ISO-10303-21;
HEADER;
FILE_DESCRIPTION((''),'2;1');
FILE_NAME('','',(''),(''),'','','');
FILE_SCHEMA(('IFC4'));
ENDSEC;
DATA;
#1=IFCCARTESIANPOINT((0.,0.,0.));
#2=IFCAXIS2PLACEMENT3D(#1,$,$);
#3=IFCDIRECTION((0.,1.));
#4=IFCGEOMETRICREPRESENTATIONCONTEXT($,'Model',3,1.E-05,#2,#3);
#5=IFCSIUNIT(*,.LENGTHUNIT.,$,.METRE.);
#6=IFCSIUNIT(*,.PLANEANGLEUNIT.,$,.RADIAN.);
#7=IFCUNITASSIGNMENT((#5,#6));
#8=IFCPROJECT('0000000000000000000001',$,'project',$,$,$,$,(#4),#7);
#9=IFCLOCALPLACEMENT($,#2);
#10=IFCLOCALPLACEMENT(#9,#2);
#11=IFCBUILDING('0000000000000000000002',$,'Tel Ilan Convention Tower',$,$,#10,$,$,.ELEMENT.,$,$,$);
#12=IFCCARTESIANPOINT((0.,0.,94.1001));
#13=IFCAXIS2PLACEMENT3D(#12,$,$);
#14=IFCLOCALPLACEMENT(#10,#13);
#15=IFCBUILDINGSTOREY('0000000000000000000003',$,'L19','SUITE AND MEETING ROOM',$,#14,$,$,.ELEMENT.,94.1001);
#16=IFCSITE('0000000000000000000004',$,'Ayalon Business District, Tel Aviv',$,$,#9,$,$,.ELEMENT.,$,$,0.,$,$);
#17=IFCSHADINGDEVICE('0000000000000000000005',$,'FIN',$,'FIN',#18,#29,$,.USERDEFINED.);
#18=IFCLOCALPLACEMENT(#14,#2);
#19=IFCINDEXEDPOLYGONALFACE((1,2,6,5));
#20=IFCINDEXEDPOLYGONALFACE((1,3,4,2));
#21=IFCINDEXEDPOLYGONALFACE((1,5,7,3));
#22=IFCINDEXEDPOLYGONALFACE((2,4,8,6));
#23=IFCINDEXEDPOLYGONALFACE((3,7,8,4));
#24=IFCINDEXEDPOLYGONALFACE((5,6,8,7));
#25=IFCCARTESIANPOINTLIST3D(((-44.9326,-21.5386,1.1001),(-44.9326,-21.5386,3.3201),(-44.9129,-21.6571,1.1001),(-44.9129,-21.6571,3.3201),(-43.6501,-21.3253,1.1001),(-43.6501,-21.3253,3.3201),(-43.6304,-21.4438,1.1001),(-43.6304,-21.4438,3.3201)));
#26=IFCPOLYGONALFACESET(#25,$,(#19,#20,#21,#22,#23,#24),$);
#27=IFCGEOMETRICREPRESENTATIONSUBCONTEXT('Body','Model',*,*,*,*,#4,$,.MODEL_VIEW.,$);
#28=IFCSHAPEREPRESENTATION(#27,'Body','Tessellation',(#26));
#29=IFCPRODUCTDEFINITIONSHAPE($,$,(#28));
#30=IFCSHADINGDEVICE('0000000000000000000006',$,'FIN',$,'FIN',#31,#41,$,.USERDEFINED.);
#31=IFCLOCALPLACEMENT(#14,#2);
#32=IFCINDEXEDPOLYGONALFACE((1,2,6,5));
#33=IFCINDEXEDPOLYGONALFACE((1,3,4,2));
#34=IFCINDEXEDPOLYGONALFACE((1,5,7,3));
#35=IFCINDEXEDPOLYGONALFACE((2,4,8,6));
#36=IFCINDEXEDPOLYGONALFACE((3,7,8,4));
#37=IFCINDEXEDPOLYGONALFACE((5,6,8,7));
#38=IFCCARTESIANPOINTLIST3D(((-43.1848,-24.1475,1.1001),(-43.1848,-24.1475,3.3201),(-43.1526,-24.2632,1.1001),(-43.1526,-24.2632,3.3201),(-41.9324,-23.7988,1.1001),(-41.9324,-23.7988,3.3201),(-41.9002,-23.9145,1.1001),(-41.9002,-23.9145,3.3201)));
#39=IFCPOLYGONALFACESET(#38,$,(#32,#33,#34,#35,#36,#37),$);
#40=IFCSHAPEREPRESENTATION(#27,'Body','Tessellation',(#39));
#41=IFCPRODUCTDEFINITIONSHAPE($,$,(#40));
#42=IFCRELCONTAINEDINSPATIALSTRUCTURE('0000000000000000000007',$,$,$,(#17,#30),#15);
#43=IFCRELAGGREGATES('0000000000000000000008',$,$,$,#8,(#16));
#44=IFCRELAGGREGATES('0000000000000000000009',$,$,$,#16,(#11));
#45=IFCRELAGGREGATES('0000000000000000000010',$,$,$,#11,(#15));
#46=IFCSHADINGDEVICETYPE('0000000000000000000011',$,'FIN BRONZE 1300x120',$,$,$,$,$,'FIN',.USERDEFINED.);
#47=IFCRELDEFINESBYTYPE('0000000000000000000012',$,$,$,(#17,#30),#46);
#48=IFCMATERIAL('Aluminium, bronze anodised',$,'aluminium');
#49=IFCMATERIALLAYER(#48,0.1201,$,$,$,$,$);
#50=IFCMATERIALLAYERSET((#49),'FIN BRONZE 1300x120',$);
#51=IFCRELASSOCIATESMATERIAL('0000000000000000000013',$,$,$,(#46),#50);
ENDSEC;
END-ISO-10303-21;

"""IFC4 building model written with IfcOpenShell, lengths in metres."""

from ifc_helpers import new_model, si_unit, direction, frame, origin, origin_2d, place, context, subcontext, project, spatial, rectangle, extrude, material, layer, layer_set, type_object, element, save


model = new_model("IFC4")

# Units and contexts
model_context = context("Model", 3, precision=1e-05, world=origin(), true_north=direction((0.0, 1.0)))
body_context = subcontext(model_context, "Body", "Model", "MODEL_VIEW")
ifc_project = project(units=[si_unit("LENGTHUNIT", "METRE"), si_unit("PLANEANGLEUNIT", "RADIAN")], contexts=[model_context])

# Site, building, storey
site_placement = place(None, origin())
site = spatial("IfcSite", under=ifc_project, at=site_placement, Name="Ayalon Business District, Tel Aviv", CompositionType="ELEMENT", RefElevation=0.0)
building_placement = place(site_placement, origin())
building = spatial("IfcBuilding", under=site, at=building_placement, Name="Tel Ilan Convention Tower", CompositionType="ELEMENT")
storey_placement = place(building_placement, frame((0.0, 0.0, 94.1001)))
storey = spatial("IfcBuildingStorey", under=building, at=storey_placement, Name="L19", Description="SUITE AND MEETING ROOM", CompositionType="ELEMENT", Elevation=94.1001)

# Shading devices
ifc_material_1 = material(Name="Aluminium, bronze anodised", Category="aluminium")
ifc_layer_1 = layer(ifc_material_1, 0.1201)
ifc_layer_set_1 = layer_set([ifc_layer_1], Name="FIN BRONZE 1300x120")
shading_device_type = type_object("IfcShadingDeviceType", Name="FIN BRONZE 1300x120", ElementType="FIN", PredefinedType="USERDEFINED", material=ifc_layer_set_1)
for number, where, z_axis, x_axis, name in (
    (1, (-44.2815, -21.4912, 1.1001), (0.0, 0.0, 1.0), (-0.986445, -0.164091, 0.0), "FIN"),
    (2, (-42.5425, -24.031, 1.1001), (0.0, 0.0, 1.0), (-0.963371, -0.268173, 0.0), "FIN"),
):
    element("IfcShadingDevice", number, at=place(storey_placement, frame(where, z_axis=z_axis, x_axis=x_axis)), inside=storey, type_object=shading_device_type, Name=name, ObjectType="FIN", PredefinedType="USERDEFINED", context=body_context, shape_type="SweptSolid", body=[
        extrude(rectangle(XDim=1.3, YDim=0.1201, at=origin_2d()), origin(), (0.0, 0.0, 1.0), 2.22),
    ])

save(model, "model.ifc")
